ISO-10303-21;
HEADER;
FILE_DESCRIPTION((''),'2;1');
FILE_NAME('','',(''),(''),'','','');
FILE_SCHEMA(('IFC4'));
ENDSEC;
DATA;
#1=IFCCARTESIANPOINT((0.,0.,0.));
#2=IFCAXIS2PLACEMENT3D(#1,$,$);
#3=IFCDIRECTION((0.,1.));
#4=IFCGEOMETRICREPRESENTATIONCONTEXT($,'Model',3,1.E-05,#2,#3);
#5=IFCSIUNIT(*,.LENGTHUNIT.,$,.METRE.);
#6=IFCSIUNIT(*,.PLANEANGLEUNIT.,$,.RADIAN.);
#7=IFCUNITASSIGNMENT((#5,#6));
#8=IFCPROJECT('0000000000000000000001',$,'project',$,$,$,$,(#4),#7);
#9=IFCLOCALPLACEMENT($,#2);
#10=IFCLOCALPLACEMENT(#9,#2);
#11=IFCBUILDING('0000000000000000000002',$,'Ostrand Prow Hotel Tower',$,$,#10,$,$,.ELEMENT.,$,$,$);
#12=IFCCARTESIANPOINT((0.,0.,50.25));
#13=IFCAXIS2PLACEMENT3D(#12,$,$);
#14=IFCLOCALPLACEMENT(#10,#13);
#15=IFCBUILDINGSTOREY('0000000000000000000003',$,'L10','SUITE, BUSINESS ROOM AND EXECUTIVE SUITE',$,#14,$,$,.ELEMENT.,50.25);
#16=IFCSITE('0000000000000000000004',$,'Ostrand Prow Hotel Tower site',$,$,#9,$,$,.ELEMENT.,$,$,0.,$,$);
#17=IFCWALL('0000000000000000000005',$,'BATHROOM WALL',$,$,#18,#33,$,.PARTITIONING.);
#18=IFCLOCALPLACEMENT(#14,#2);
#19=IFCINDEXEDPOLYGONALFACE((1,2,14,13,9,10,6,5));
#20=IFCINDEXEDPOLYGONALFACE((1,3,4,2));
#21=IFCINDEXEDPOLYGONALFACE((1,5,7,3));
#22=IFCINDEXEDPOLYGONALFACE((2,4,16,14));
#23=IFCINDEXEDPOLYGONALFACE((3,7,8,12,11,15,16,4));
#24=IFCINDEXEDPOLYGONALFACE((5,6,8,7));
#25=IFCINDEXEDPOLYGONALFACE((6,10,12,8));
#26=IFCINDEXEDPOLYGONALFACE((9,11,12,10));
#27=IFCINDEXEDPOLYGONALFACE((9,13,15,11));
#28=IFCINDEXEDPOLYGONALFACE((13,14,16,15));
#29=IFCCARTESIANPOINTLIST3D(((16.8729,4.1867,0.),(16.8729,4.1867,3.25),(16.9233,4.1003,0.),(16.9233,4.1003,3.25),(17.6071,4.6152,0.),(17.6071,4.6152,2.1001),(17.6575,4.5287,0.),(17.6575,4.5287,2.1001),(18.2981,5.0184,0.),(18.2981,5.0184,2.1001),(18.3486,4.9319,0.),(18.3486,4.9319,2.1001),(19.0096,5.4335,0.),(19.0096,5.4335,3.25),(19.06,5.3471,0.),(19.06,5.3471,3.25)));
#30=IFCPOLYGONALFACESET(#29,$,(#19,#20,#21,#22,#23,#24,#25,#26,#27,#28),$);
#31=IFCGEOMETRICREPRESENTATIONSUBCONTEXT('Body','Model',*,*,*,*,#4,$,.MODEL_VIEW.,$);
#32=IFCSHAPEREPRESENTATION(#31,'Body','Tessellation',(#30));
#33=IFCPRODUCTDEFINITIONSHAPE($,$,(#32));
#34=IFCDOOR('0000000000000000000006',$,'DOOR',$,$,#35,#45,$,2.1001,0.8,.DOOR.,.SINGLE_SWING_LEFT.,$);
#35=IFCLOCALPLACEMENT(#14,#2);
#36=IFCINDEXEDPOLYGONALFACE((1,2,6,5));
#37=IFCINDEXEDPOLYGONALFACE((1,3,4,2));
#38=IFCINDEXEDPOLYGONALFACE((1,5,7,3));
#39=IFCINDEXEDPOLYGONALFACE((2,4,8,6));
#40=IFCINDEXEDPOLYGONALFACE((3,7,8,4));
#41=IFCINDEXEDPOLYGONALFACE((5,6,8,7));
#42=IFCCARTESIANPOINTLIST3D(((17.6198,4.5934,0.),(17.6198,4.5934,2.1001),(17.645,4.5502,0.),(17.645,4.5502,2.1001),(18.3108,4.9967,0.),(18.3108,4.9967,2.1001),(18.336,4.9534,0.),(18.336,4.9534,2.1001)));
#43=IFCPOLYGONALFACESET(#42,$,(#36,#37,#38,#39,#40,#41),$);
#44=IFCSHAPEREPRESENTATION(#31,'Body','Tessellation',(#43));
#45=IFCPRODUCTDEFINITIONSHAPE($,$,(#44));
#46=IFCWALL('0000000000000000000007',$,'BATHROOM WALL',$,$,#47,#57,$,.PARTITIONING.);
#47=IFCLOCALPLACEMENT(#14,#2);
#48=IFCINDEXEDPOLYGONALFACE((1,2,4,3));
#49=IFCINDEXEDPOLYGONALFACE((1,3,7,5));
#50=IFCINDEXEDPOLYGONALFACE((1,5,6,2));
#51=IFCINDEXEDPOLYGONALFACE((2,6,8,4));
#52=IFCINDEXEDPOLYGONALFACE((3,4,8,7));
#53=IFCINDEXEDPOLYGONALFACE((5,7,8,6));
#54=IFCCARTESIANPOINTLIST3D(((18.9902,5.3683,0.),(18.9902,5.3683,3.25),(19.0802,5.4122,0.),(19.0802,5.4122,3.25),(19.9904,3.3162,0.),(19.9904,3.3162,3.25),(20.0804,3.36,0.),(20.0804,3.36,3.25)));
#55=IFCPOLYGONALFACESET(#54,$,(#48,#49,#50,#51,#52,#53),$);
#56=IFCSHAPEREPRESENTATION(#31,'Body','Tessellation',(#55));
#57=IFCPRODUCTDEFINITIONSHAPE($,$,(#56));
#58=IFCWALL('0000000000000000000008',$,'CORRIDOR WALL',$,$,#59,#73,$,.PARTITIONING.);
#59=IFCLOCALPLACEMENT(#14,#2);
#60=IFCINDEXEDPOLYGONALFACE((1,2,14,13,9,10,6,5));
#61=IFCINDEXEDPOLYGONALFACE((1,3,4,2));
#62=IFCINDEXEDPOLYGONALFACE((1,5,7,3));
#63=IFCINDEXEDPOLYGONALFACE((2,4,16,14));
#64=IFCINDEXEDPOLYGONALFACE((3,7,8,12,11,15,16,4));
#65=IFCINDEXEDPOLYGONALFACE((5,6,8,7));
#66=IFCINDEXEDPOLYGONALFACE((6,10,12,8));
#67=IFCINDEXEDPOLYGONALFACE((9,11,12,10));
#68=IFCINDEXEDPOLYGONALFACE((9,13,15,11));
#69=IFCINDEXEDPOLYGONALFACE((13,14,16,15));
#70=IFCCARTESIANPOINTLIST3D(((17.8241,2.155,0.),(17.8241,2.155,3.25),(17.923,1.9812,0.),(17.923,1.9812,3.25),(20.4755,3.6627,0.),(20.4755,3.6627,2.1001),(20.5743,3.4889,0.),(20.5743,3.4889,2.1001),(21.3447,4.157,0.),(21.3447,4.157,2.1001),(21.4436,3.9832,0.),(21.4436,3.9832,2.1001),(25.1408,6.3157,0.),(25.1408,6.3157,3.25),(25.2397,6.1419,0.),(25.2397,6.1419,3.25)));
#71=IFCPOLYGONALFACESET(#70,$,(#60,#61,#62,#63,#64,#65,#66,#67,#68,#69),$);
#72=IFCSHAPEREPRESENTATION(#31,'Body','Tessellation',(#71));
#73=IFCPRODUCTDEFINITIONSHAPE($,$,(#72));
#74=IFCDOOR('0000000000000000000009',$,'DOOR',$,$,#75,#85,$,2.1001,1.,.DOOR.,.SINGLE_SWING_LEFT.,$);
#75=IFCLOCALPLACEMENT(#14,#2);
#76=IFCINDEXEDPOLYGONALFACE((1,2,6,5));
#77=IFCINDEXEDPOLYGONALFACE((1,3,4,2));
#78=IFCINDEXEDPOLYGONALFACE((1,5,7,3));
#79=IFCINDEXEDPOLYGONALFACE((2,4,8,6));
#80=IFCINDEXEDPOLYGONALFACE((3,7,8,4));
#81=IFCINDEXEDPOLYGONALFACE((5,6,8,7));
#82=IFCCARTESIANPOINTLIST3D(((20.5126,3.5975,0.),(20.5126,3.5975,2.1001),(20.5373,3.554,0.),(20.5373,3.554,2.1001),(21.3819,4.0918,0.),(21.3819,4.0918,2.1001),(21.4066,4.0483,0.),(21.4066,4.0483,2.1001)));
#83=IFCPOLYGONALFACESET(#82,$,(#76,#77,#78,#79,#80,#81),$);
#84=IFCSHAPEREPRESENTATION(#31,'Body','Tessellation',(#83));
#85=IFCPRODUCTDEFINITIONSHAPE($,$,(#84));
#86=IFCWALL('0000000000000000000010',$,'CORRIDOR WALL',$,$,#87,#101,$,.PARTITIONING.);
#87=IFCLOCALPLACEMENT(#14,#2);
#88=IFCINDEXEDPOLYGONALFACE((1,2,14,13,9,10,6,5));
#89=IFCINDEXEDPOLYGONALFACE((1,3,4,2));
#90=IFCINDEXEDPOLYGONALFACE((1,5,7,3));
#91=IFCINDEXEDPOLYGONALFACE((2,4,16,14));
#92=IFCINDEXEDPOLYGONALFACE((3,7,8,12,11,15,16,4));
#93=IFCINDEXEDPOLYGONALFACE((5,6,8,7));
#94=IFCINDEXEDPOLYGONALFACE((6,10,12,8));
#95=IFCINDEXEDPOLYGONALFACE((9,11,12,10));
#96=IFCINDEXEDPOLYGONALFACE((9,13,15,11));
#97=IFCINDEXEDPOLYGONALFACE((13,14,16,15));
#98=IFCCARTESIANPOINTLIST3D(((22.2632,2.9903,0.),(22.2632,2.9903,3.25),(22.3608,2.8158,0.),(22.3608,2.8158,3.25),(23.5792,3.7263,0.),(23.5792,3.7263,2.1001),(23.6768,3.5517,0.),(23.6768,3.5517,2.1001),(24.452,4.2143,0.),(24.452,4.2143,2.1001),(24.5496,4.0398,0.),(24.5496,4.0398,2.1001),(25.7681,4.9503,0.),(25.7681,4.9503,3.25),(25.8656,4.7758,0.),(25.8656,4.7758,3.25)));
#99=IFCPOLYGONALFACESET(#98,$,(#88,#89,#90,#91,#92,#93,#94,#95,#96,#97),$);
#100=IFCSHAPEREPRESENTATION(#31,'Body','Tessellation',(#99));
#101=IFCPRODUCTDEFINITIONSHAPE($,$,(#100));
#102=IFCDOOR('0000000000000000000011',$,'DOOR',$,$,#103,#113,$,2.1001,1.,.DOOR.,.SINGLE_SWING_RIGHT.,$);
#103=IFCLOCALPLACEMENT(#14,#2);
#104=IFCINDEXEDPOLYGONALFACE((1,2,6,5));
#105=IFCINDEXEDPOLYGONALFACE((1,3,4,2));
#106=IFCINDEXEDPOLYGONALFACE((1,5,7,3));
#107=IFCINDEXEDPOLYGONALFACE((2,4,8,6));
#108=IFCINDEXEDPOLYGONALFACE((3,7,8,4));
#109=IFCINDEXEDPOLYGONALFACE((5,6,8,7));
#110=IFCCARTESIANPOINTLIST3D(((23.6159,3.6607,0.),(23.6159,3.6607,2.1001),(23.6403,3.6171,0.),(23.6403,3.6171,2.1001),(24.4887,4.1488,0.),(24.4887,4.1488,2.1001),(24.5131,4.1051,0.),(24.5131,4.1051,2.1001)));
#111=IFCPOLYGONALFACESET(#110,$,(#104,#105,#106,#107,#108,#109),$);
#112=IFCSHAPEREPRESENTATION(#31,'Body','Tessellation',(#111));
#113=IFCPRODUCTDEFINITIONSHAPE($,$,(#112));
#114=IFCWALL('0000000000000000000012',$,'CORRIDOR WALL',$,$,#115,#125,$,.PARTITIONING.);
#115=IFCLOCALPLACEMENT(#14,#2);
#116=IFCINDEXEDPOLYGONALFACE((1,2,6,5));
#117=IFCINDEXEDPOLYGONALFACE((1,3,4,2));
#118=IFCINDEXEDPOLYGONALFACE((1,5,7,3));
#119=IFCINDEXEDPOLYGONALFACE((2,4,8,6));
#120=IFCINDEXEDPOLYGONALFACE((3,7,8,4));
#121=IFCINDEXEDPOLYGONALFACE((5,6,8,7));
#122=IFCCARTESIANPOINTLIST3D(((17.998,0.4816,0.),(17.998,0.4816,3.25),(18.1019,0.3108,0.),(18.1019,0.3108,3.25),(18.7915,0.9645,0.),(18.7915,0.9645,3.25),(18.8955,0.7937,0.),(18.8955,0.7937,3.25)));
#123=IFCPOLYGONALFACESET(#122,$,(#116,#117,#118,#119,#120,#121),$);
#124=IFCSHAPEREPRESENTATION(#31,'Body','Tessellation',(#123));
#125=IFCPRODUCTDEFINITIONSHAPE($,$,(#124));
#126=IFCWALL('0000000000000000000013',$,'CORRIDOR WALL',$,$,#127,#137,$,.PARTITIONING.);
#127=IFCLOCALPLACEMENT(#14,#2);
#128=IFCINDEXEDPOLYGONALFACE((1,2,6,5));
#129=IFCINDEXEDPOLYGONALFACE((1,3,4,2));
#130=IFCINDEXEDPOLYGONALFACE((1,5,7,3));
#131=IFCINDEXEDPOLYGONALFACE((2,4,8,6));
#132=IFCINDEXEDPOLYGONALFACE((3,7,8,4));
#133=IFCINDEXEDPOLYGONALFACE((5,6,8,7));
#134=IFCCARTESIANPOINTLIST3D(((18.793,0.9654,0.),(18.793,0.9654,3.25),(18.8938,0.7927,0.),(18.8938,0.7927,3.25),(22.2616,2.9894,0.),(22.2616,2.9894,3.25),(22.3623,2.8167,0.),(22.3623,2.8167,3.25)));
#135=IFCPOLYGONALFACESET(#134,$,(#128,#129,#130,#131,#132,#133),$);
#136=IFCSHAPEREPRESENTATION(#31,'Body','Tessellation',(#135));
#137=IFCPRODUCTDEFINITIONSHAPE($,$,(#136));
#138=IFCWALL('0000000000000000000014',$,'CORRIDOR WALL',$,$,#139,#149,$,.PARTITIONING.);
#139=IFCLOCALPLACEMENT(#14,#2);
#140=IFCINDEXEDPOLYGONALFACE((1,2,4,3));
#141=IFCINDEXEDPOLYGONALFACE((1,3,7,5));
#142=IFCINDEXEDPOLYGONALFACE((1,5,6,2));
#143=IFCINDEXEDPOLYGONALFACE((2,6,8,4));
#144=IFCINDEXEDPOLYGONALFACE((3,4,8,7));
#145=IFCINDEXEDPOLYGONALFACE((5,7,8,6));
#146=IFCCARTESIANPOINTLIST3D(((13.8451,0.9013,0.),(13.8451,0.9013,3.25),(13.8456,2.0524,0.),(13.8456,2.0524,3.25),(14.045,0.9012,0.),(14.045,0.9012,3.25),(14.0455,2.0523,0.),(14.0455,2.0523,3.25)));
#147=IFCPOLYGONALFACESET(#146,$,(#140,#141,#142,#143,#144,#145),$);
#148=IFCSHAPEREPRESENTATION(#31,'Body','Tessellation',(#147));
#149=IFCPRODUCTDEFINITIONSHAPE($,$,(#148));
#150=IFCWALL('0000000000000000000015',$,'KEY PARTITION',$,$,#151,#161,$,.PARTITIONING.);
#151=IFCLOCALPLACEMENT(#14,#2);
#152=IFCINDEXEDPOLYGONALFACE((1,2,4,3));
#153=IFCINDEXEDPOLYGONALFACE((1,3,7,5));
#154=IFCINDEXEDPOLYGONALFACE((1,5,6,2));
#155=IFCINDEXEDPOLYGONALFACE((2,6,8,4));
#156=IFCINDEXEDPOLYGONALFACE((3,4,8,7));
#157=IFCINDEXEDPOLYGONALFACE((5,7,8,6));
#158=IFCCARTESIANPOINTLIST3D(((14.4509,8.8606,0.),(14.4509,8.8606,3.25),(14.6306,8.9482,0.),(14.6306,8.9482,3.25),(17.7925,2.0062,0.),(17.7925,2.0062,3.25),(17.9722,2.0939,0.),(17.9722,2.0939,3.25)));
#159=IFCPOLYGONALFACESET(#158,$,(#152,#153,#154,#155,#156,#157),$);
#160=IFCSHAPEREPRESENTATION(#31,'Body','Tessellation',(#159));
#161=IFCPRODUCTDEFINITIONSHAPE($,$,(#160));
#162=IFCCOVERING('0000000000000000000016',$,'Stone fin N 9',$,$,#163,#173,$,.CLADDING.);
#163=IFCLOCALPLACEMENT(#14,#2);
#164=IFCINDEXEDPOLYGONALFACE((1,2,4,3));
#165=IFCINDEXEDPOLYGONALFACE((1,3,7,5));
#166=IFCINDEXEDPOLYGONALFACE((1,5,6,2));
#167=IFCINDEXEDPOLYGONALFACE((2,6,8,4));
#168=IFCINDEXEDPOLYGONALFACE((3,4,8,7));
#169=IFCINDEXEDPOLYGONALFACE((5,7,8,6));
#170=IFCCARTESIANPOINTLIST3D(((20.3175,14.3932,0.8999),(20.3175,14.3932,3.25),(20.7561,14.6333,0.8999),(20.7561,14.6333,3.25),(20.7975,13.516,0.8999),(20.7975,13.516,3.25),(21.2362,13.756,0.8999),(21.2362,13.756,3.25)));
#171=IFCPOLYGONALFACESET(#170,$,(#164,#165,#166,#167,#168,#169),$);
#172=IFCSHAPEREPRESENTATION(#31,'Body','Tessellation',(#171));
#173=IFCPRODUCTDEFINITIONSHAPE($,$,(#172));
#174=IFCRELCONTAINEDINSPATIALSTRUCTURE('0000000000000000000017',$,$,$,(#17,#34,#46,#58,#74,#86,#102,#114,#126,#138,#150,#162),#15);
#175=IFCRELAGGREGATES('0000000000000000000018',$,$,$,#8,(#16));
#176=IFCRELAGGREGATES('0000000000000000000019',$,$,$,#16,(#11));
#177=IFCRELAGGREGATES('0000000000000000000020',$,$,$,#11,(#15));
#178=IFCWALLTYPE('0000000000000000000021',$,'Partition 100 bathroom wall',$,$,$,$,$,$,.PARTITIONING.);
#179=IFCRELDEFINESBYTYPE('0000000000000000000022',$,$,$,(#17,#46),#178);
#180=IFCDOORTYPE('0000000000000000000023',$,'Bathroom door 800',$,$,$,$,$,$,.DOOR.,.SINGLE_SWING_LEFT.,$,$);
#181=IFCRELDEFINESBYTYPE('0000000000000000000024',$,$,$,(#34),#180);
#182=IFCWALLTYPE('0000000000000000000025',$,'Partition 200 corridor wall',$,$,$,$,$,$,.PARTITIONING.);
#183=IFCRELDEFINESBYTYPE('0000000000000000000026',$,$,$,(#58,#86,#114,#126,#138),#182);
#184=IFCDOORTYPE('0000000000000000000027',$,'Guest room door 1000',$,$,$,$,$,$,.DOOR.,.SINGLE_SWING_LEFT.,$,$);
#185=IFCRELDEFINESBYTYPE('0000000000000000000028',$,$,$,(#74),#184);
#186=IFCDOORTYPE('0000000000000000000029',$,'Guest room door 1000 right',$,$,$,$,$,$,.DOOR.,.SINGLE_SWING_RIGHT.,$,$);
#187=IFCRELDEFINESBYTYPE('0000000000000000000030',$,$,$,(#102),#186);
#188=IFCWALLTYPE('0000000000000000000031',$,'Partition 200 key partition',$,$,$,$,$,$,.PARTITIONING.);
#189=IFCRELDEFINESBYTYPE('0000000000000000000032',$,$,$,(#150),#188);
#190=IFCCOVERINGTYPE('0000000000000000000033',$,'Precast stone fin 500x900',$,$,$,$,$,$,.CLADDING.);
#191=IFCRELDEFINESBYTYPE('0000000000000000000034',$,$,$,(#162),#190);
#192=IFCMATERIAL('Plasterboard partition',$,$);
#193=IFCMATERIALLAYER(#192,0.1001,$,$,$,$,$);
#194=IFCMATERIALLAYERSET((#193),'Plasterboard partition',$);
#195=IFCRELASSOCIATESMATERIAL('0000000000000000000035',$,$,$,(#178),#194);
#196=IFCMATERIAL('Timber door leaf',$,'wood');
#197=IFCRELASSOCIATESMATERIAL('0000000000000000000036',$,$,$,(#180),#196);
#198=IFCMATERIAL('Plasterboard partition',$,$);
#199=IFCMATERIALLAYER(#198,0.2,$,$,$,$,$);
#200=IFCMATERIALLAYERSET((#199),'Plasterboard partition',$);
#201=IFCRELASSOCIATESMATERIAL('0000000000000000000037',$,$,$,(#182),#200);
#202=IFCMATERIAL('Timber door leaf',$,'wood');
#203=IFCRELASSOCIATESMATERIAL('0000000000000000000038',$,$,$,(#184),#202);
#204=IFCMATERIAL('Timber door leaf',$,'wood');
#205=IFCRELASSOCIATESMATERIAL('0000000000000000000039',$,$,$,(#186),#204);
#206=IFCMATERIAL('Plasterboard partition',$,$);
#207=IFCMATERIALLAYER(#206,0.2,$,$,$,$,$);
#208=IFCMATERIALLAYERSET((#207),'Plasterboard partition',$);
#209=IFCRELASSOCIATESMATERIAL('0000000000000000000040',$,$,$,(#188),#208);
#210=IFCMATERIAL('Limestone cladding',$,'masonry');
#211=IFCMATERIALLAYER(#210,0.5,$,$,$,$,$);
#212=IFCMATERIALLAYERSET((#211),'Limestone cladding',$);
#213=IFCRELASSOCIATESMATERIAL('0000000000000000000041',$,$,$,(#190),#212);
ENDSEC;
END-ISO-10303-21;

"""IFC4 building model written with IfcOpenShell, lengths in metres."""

from ifc_helpers import new_model, si_unit, direction, frame, frame_2d, origin, place, context, subcontext, project, spatial, rectangle, extrude, material, layer, layer_set, type_object, element, fill, save


model = new_model("IFC4")

# Units and contexts
model_context = context("Model", 3, precision=1e-05, world=origin(), true_north=direction((0.0, 1.0)))
body_context = subcontext(model_context, "Body", "Model", "MODEL_VIEW")
ifc_project = project(units=[si_unit("LENGTHUNIT", "METRE"), si_unit("PLANEANGLEUNIT", "RADIAN")], contexts=[model_context])

# Site, building, storey
site_placement = place(None, origin())
site = spatial("IfcSite", under=ifc_project, at=site_placement, Name="Ostrand Prow Hotel Tower site", CompositionType="ELEMENT", RefElevation=0.0)
building_placement = place(site_placement, origin())
building = spatial("IfcBuilding", under=site, at=building_placement, Name="Ostrand Prow Hotel Tower", CompositionType="ELEMENT")
storey_placement = place(building_placement, frame((0.0, 0.0, 50.25)))
storey = spatial("IfcBuildingStorey", under=building, at=storey_placement, Name="L10", Description="SUITE, BUSINESS ROOM AND EXECUTIVE SUITE", CompositionType="ELEMENT", Elevation=50.25)

# Wall, opening, door
ifc_material_1 = material(Name="Plasterboard partition")
ifc_layer_1 = layer(ifc_material_1, 0.1001)
ifc_layer_set_1 = layer_set([ifc_layer_1], Name="Plasterboard partition")
wall_type_1 = type_object("IfcWallType", Name="Partition 100 bathroom wall", PredefinedType="PARTITIONING", material=ifc_layer_set_1)
wall_1_placement = place(storey_placement, frame((16.8982, 4.1436, 0.0), z_axis=(0.0, 0.0, 1.0), x_axis=(0.863707, 0.503994, 0.0)))
wall_1 = element("IfcWall", 1, at=wall_1_placement, inside=storey, type_object=wall_type_1, Name="BATHROOM WALL", PredefinedType="PARTITIONING", context=body_context, shape_type="SweptSolid", body=[
    extrude(rectangle(XDim=2.4739, YDim=0.1001, at=frame_2d((1.2368, 0.0))), origin(), (0.0, 0.0, 1.0), 3.25),
])
opening_1_placement = place(wall_1_placement, frame((0.8501, 0.0, 0.0)))
opening_1 = element("IfcOpeningElement", 2, at=opening_1_placement, cuts=wall_1, PredefinedType="OPENING", context=body_context, shape_type="SweptSolid", body=[
    extrude(rectangle(XDim=0.8, YDim=2.1001, at=frame_2d((0.3999, 1.05))), frame((0.0, 0.0601, 0.0), z_axis=(0.0, -1.0, 0.0), x_axis=(1.0, 0.0, 0.0)), (0.0, 0.0, 1.0), 0.1201),
])
ifc_material_2 = material(Name="Timber door leaf", Category="wood")
door_type_1 = type_object("IfcDoorType", Name="Bathroom door 800", OperationType="SINGLE_SWING_LEFT", PredefinedType="DOOR", material=ifc_material_2)
door_1_placement = place(opening_1_placement, origin())
door_1 = element("IfcDoor", 3, at=door_1_placement, inside=storey, type_object=door_type_1, Name="DOOR", OperationType="SINGLE_SWING_LEFT", OverallHeight=2.1001, OverallWidth=0.8, PredefinedType="DOOR", context=body_context, shape_type="SweptSolid", body=[
    extrude(rectangle(XDim=0.8, YDim=2.1001, at=frame_2d((0.3999, 1.05))), frame((0.0, 0.0249, 0.0), z_axis=(0.0, -1.0, 0.0), x_axis=(1.0, 0.0, 0.0)), (0.0, 0.0, 1.0), 0.05),
])
fill(opening_1, door_1)

# Wall
wall_2_placement = place(storey_placement, frame((19.0352, 5.3904, 0.0), z_axis=(0.0, 0.0, 1.0), x_axis=(0.438122, -0.898915, 0.0)))
element("IfcWall", 4, at=wall_2_placement, inside=storey, type_object=wall_type_1, Name="BATHROOM WALL", PredefinedType="PARTITIONING", context=body_context, shape_type="SweptSolid", body=[
    extrude(rectangle(XDim=2.283, YDim=0.1001, at=frame_2d((1.1416, 0.0))), origin(), (0.0, 0.0, 1.0), 3.25),
])

# Walls, openings, doors
ifc_material_3 = material(Name="Plasterboard partition")
ifc_layer_2 = layer(ifc_material_3, 0.2)
ifc_layer_set_2 = layer_set([ifc_layer_2], Name="Plasterboard partition")
wall_type_2 = type_object("IfcWallType", Name="Partition 200 corridor wall", PredefinedType="PARTITIONING", material=ifc_layer_set_2)
wall_3_placement = place(storey_placement, frame((17.8735, 2.0681, 0.0), z_axis=(0.0, 0.0, 1.0), x_axis=(0.86928, 0.49432, 0.0)))
wall_3 = element("IfcWall", 5, at=wall_3_placement, inside=storey, type_object=wall_type_2, Name="CORRIDOR WALL", PredefinedType="PARTITIONING", context=body_context, shape_type="SweptSolid", body=[
    extrude(rectangle(XDim=8.417, YDim=0.2, at=frame_2d((4.2085, 0.0))), origin(), (0.0, 0.0, 1.0), 3.25),
])
opening_2_placement = place(wall_3_placement, frame((3.05, 0.0, 0.0)))
opening_2 = element("IfcOpeningElement", 6, at=opening_2_placement, cuts=wall_3, PredefinedType="OPENING", context=body_context, shape_type="SweptSolid", body=[
    extrude(rectangle(XDim=1.0, YDim=2.1001, at=frame_2d((0.5, 1.05))), frame((0.0, 0.1099, 0.0), z_axis=(0.0, -1.0, 0.0), x_axis=(1.0, 0.0, 0.0)), (0.0, 0.0, 1.0), 0.22),
])
ifc_material_4 = material(Name="Timber door leaf", Category="wood")
door_type_2 = type_object("IfcDoorType", Name="Guest room door 1000", OperationType="SINGLE_SWING_LEFT", PredefinedType="DOOR", material=ifc_material_4)
door_2_placement = place(opening_2_placement, origin())
door_2 = element("IfcDoor", 7, at=door_2_placement, inside=storey, type_object=door_type_2, Name="DOOR", OperationType="SINGLE_SWING_LEFT", OverallHeight=2.1001, OverallWidth=1.0, PredefinedType="DOOR", context=body_context, shape_type="SweptSolid", body=[
    extrude(rectangle(XDim=1.0, YDim=2.1001, at=frame_2d((0.5, 1.05))), frame((0.0, 0.0249, 0.0), z_axis=(0.0, -1.0, 0.0), x_axis=(1.0, 0.0, 0.0)), (0.0, 0.0, 1.0), 0.05),
])
fill(opening_2, door_2)
wall_4_placement = place(storey_placement, frame((22.312, 2.9031, 0.0), z_axis=(0.0, 0.0, 1.0), x_axis=(0.8728, 0.488078, 0.0)))
wall_4 = element("IfcWall", 8, at=wall_4_placement, inside=storey, type_object=wall_type_2, Name="CORRIDOR WALL", PredefinedType="PARTITIONING", context=body_context, shape_type="SweptSolid", body=[
    extrude(rectangle(XDim=4.0156, YDim=0.2, at=frame_2d((2.0078, 0.0))), origin(), (0.0, 0.0, 1.0), 3.25),
])
opening_3_placement = place(wall_4_placement, frame((1.5078, 0.0, 0.0)))
opening_3 = element("IfcOpeningElement", 9, at=opening_3_placement, cuts=wall_4, PredefinedType="OPENING", context=body_context, shape_type="SweptSolid", body=[
    extrude(rectangle(XDim=1.0, YDim=2.1001, at=frame_2d((0.5, 1.05))), frame((0.0, 0.1099, 0.0), z_axis=(0.0, -1.0, 0.0), x_axis=(1.0, 0.0, 0.0)), (0.0, 0.0, 1.0), 0.22),
])
ifc_material_5 = material(Name="Timber door leaf", Category="wood")
door_type_3 = type_object("IfcDoorType", Name="Guest room door 1000 right", OperationType="SINGLE_SWING_RIGHT", PredefinedType="DOOR", material=ifc_material_5)
door_3_placement = place(opening_3_placement, origin())
door_3 = element("IfcDoor", 10, at=door_3_placement, inside=storey, type_object=door_type_3, Name="DOOR", OperationType="SINGLE_SWING_RIGHT", OverallHeight=2.1001, OverallWidth=1.0, PredefinedType="DOOR", context=body_context, shape_type="SweptSolid", body=[
    extrude(rectangle(XDim=1.0, YDim=2.1001, at=frame_2d((0.5, 1.05))), frame((0.0, 0.0249, 0.0), z_axis=(0.0, -1.0, 0.0), x_axis=(1.0, 0.0, 0.0)), (0.0, 0.0, 1.0), 0.05),
])
fill(opening_3, door_3)

# Walls
wall_5_placement = place(storey_placement, frame((18.05, 0.3962, 0.0), z_axis=(0.0, 0.0, 1.0), x_axis=(0.854229, 0.519897, 0.0)))
element("IfcWall", 11, at=wall_5_placement, inside=storey, type_object=wall_type_2, Name="CORRIDOR WALL", PredefinedType="PARTITIONING", context=body_context, shape_type="SweptSolid", body=[
    extrude(rectangle(XDim=0.929, YDim=0.2, at=frame_2d((0.4644, 0.0))), origin(), (0.0, 0.0, 1.0), 3.25),
])
wall_6_placement = place(storey_placement, frame((18.8435, 0.8792, 0.0), z_axis=(0.0, 0.0, 1.0), x_axis=(0.863711, 0.503988, 0.0)))
element("IfcWall", 12, at=wall_6_placement, inside=storey, type_object=wall_type_2, Name="CORRIDOR WALL", PredefinedType="PARTITIONING", context=body_context, shape_type="SweptSolid", body=[
    extrude(rectangle(XDim=4.0159, YDim=0.2, at=frame_2d((2.0078, 0.0))), origin(), (0.0, 0.0, 1.0), 3.25),
])
wall_7_placement = place(storey_placement, frame((13.9456, 2.0525, 0.0), z_axis=(0.0, 0.0, 1.0), x_axis=(-0.000424, -1.0, 0.0)))
element("IfcWall", 13, at=wall_7_placement, inside=storey, type_object=wall_type_2, Name="CORRIDOR WALL", PredefinedType="PARTITIONING", context=body_context, shape_type="SweptSolid", body=[
    extrude(rectangle(XDim=1.1511, YDim=0.2, at=frame_2d((0.5757, 0.0))), origin(), (0.0, 0.0, 1.0), 3.25),
])
ifc_material_6 = material(Name="Plasterboard partition")
ifc_layer_3 = layer(ifc_material_6, 0.2)
ifc_layer_set_3 = layer_set([ifc_layer_3], Name="Plasterboard partition")
wall_type_3 = type_object("IfcWallType", Name="Partition 200 key partition", PredefinedType="PARTITIONING", material=ifc_layer_set_3)
wall_8_placement = place(storey_placement, frame((17.8823, 2.05, 0.0), z_axis=(0.0, 0.0, 1.0), x_axis=(-0.438214, 0.898871, 0.0)))
element("IfcWall", 14, at=wall_8_placement, inside=storey, type_object=wall_type_3, Name="KEY PARTITION", PredefinedType="PARTITIONING", context=body_context, shape_type="SweptSolid", body=[
    extrude(rectangle(XDim=7.6255, YDim=0.2, at=frame_2d((3.8127, 0.0))), origin(), (0.0, 0.0, 1.0), 3.25),
])

# Covering
ifc_material_7 = material(Name="Limestone cladding", Category="masonry")
ifc_layer_4 = layer(ifc_material_7, 0.5)
ifc_layer_set_4 = layer_set([ifc_layer_4], Name="Limestone cladding")
covering_type = type_object("IfcCoveringType", Name="Precast stone fin 500x900", PredefinedType="CLADDING", material=ifc_layer_set_4)
covering_placement = place(storey_placement, frame((21.0168, 13.636, 0.8999), z_axis=(0.0, 0.0, 1.0), x_axis=(-0.480015, 0.87726, 0.0)))
element("IfcCovering", 15, at=covering_placement, inside=storey, type_object=covering_type, Name="Stone fin N 9", PredefinedType="CLADDING", context=body_context, shape_type="SweptSolid", body=[
    extrude(rectangle(XDim=1.0, YDim=0.5, at=frame_2d((0.5, 0.0))), origin(), (0.0, 0.0, 1.0), 2.3501),
])

save(model, "model.ifc")
